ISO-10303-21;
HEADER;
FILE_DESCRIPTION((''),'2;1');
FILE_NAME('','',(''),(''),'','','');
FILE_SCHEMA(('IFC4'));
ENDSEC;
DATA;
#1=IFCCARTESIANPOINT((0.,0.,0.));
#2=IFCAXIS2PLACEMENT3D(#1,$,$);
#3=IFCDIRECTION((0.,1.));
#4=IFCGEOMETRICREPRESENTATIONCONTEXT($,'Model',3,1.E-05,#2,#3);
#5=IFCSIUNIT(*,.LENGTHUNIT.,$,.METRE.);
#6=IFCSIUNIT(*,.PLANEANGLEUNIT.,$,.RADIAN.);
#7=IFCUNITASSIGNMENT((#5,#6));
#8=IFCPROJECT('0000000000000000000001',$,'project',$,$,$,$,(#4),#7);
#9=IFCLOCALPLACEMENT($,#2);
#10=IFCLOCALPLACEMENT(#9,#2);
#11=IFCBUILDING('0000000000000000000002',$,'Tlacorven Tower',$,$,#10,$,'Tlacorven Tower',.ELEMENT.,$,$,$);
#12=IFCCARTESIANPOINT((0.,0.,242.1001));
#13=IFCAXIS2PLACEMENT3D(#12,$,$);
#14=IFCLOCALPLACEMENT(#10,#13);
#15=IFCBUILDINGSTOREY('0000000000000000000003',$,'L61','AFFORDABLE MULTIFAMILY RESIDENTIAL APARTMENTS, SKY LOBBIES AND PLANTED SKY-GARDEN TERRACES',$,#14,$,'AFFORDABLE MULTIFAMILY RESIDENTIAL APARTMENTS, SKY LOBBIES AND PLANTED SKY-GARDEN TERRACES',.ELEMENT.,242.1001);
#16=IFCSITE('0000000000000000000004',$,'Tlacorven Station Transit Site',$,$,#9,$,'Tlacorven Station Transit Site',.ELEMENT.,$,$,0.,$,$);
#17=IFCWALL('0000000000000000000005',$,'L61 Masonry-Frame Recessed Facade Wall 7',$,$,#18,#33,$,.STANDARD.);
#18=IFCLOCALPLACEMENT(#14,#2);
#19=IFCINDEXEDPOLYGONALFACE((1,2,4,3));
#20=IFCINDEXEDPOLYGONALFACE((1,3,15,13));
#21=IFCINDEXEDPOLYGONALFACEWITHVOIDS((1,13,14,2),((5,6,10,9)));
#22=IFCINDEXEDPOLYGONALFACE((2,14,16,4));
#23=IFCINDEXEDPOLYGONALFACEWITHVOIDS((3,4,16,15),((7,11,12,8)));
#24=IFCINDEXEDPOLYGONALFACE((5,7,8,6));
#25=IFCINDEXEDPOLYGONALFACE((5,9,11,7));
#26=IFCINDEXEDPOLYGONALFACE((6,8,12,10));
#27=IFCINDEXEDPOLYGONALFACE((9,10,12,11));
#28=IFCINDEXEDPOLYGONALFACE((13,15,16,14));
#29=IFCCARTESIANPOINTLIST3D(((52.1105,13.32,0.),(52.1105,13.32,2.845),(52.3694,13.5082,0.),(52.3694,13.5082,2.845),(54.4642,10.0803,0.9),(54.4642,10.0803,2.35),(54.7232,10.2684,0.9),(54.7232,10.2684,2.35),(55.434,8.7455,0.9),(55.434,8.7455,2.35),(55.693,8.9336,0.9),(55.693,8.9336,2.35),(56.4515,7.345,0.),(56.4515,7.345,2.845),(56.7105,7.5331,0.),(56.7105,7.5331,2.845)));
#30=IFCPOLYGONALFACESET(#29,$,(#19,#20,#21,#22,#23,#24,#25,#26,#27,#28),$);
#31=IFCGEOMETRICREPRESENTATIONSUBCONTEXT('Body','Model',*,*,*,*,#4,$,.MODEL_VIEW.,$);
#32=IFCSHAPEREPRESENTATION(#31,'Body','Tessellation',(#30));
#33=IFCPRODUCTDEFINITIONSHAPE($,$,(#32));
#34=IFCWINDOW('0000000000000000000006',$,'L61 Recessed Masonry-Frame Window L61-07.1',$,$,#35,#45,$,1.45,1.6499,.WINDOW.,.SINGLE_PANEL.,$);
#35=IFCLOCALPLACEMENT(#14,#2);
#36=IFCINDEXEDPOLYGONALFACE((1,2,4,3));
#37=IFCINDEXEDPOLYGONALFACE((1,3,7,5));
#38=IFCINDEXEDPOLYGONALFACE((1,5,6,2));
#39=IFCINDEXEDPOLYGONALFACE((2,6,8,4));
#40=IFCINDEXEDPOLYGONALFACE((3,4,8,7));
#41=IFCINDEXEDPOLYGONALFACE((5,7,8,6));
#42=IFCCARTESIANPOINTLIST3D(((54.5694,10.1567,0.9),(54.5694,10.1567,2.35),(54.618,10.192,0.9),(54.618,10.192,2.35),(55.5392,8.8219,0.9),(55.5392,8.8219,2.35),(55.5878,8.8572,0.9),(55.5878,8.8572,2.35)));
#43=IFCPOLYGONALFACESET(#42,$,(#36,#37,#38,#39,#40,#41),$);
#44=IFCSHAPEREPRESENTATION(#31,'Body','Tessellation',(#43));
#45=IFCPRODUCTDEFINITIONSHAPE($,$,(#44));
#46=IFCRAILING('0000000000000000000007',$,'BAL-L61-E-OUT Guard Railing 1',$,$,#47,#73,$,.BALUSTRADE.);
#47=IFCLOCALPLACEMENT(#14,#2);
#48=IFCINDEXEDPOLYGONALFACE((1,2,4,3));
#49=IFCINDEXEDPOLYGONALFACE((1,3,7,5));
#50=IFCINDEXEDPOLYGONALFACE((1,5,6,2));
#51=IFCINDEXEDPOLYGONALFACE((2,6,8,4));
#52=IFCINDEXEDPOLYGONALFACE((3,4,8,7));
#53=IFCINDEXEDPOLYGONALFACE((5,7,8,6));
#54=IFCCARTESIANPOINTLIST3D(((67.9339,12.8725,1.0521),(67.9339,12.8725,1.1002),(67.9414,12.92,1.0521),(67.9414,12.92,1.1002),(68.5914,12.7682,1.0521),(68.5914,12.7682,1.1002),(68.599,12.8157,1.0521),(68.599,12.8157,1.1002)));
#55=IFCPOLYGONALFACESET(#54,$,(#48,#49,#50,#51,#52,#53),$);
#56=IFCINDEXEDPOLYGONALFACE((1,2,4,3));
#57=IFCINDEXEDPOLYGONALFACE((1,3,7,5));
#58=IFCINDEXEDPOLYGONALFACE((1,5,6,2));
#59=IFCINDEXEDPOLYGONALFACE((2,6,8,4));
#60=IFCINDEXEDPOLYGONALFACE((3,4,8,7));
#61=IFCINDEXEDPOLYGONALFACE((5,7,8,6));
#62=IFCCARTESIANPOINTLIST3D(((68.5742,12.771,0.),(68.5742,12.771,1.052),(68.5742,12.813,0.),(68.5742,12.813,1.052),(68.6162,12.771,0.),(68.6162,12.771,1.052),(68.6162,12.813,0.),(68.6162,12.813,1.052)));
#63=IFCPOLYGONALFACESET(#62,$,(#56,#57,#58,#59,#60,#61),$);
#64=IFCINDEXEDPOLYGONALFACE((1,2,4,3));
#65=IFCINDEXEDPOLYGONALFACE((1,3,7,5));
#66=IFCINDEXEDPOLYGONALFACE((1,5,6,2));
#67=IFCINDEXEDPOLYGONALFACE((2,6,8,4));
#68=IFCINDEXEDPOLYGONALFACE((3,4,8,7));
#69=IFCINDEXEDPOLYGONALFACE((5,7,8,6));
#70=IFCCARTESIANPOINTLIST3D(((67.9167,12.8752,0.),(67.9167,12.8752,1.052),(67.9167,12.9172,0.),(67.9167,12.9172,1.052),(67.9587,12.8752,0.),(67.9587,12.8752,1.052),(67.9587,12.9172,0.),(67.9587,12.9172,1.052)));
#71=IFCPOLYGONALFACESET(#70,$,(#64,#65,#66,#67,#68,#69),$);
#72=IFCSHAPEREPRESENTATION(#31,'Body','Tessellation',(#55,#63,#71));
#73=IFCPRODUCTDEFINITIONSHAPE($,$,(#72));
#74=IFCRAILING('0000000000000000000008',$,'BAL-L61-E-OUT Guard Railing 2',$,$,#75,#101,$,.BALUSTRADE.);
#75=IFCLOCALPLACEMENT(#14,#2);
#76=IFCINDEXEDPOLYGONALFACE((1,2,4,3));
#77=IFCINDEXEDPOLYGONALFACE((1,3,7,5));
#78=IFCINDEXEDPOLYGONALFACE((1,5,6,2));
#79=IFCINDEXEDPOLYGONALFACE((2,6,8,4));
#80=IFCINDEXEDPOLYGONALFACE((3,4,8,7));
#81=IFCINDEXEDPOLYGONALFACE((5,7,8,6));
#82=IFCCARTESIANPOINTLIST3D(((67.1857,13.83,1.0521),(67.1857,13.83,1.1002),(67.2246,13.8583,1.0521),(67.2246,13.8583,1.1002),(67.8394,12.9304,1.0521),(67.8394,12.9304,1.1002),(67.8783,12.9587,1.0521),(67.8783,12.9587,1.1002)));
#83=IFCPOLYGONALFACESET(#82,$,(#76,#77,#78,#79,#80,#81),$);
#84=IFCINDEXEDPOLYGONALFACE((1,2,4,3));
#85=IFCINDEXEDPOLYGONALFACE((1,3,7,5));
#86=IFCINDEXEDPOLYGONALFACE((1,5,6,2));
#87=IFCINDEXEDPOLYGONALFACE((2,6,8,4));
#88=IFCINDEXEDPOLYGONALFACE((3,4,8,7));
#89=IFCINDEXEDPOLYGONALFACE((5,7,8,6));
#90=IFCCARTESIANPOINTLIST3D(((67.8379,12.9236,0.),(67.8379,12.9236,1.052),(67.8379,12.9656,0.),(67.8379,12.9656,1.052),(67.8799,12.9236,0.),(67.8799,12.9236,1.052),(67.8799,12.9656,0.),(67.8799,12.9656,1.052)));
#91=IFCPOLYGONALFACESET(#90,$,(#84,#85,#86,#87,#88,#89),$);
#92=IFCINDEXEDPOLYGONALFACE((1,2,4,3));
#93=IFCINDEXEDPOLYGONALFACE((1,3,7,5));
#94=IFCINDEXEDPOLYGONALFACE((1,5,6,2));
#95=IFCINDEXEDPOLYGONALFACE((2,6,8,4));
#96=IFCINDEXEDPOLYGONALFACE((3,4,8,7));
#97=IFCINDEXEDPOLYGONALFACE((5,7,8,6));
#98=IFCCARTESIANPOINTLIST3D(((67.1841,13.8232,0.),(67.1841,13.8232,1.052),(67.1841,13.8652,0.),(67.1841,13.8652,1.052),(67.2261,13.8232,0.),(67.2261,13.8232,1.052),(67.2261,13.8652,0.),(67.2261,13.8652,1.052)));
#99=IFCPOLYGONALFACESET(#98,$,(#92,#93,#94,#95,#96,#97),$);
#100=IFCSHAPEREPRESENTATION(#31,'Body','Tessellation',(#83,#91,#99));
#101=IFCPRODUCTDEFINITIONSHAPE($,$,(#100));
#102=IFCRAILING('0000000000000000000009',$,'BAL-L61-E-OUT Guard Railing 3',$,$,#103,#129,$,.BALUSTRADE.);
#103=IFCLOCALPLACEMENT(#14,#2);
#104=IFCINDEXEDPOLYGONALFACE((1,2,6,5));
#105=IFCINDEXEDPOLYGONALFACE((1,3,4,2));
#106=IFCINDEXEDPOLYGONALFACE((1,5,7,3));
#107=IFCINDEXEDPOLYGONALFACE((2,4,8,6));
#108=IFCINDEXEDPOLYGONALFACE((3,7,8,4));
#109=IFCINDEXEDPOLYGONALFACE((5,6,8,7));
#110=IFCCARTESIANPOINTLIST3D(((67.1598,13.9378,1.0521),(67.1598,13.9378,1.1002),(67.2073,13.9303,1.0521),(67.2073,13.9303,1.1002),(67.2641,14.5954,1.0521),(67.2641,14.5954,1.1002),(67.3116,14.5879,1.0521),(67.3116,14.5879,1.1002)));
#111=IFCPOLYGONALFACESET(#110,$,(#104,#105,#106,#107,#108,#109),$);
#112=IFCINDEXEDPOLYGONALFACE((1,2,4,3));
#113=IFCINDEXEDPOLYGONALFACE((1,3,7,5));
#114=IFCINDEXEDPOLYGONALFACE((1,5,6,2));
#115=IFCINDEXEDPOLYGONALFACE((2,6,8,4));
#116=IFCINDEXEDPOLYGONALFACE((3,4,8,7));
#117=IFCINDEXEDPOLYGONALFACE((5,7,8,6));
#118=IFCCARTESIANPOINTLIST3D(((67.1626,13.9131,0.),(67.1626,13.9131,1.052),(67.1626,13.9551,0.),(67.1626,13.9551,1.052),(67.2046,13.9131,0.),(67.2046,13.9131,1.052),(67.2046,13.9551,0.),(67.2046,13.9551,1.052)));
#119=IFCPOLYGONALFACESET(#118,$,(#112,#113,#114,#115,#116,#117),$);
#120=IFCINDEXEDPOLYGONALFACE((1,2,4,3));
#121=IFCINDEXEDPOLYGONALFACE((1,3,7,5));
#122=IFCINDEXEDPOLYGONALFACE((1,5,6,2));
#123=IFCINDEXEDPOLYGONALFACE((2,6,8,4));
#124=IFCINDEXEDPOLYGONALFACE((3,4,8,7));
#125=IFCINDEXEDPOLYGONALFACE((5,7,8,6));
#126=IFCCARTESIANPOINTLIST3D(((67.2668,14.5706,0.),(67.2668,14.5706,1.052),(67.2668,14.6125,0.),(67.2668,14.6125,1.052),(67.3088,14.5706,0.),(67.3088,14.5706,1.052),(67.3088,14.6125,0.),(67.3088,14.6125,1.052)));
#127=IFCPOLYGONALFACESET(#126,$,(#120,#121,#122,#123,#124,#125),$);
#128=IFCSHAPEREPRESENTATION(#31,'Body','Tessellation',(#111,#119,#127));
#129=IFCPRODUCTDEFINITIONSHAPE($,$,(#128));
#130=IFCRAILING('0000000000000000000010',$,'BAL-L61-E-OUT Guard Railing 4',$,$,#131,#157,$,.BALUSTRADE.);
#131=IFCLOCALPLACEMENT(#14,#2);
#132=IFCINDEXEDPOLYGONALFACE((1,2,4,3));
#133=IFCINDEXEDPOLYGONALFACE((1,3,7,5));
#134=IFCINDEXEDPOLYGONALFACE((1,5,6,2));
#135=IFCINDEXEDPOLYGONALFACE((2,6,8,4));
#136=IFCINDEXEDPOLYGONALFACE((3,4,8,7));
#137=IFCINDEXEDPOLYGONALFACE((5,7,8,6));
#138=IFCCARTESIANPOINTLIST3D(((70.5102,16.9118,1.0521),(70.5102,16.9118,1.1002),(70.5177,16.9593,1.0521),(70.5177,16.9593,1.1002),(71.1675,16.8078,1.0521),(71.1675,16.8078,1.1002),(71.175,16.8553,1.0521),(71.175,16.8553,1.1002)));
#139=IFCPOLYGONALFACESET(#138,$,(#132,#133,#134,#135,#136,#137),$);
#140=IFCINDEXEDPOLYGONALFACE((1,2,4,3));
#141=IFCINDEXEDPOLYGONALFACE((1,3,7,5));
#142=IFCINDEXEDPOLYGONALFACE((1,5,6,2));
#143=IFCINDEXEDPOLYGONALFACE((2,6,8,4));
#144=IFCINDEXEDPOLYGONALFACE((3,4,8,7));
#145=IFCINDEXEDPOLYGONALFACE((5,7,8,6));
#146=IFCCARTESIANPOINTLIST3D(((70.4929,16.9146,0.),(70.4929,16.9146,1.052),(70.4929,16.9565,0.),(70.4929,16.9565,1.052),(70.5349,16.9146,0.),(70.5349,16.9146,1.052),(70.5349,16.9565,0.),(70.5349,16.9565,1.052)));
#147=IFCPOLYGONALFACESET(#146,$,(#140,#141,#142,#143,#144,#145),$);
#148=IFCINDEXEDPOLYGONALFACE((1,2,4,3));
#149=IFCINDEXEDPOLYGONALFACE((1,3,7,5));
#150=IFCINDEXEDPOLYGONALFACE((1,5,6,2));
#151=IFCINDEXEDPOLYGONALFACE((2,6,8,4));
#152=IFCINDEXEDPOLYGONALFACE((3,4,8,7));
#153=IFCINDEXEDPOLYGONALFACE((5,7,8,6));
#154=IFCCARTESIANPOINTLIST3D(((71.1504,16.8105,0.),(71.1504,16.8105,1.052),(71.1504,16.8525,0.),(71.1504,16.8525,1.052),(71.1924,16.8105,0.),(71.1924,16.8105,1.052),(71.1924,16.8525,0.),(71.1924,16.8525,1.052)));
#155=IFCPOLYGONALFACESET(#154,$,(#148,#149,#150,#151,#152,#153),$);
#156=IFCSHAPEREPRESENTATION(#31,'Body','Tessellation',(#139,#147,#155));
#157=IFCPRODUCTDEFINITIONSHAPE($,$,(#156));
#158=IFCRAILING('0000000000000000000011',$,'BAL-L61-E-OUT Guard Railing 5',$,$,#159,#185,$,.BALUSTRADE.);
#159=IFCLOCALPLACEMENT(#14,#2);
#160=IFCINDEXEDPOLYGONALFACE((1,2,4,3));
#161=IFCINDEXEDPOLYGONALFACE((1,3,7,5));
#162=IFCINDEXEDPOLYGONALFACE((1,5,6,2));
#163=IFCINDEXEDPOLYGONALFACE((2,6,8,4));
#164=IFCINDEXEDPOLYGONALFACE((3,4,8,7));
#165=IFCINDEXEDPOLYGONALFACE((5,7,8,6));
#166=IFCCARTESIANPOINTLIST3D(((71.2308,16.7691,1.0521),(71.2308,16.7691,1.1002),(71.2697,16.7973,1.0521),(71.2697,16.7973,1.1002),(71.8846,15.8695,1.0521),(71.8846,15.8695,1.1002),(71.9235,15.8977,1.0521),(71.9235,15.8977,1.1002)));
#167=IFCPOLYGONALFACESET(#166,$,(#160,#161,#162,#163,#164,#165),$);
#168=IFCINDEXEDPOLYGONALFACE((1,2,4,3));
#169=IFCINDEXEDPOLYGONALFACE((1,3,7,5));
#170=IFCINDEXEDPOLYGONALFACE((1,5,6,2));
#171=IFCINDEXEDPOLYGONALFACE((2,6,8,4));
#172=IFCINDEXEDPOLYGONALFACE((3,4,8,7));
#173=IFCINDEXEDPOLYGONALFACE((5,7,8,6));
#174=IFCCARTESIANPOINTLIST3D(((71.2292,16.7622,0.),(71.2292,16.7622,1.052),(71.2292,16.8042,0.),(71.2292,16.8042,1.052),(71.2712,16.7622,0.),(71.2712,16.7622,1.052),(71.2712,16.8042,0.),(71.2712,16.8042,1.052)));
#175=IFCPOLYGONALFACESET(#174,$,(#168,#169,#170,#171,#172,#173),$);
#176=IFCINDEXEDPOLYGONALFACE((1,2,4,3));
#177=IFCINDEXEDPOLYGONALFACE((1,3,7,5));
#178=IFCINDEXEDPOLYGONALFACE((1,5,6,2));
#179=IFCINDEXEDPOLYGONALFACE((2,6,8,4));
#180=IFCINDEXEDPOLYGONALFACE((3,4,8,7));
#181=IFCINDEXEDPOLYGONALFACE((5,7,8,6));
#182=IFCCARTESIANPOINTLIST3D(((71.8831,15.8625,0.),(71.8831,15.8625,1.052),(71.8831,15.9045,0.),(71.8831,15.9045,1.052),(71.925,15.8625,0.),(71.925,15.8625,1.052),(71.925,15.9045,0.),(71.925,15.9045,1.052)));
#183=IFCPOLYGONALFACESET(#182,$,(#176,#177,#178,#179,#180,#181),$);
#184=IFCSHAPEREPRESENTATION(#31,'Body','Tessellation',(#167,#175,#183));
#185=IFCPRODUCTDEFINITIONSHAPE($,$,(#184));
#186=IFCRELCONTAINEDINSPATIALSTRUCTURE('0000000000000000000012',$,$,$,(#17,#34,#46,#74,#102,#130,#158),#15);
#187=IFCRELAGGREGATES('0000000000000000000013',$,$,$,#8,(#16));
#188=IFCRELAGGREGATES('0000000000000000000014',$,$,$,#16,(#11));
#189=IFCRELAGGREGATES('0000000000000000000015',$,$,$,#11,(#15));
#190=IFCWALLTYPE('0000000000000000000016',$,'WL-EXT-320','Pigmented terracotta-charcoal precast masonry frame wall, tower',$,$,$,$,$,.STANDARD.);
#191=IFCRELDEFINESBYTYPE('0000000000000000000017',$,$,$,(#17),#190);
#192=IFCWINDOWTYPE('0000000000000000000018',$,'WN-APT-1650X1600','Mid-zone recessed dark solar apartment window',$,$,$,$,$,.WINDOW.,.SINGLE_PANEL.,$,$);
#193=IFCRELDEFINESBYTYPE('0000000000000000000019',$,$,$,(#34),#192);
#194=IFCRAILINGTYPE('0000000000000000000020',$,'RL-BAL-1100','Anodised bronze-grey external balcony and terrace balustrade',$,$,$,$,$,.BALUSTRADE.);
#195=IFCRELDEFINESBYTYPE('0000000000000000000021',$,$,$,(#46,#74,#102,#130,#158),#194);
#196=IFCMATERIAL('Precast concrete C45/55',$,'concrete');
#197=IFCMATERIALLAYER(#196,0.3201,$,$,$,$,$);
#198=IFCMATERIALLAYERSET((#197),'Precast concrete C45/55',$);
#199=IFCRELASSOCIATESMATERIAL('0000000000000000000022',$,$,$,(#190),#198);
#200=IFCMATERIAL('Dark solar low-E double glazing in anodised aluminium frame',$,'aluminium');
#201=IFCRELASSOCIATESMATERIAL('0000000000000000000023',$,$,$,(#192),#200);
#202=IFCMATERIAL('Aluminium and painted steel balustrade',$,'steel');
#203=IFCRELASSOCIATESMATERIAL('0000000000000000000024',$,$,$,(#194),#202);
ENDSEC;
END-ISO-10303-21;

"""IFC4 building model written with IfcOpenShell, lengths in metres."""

from ifc_helpers import new_model, si_unit, direction, frame, frame_2d, origin, origin_2d, place, context, subcontext, project, spatial, rectangle, extrude, source, transform, mapped, material, layer, layer_set, type_object, element, fill, save


model = new_model("IFC4")

# Units and contexts
model_context = context("Model", 3, precision=1e-05, world=origin(), true_north=direction((0.0, 1.0)))
body_context = subcontext(model_context, "Body", "Model", "MODEL_VIEW")
ifc_project = project(units=[si_unit("LENGTHUNIT", "METRE"), si_unit("PLANEANGLEUNIT", "RADIAN")], contexts=[model_context])

# Site, building, storey
site_placement = place(None, origin())
site = spatial("IfcSite", under=ifc_project, at=site_placement, Name="Tlacorven Station Transit Site", LongName="Tlacorven Station Transit Site", CompositionType="ELEMENT", RefElevation=0.0)
building_placement = place(site_placement, origin())
building = spatial("IfcBuilding", under=site, at=building_placement, Name="Tlacorven Tower", LongName="Tlacorven Tower", CompositionType="ELEMENT")
storey_placement = place(building_placement, frame((0.0, 0.0, 242.1001)))
storey = spatial("IfcBuildingStorey", under=building, at=storey_placement, Name="L61", Description="AFFORDABLE MULTIFAMILY RESIDENTIAL APARTMENTS, SKY LOBBIES AND PLANTED SKY-GARDEN TERRACES", LongName="AFFORDABLE MULTIFAMILY RESIDENTIAL APARTMENTS, SKY LOBBIES AND PLANTED SKY-GARDEN TERRACES", CompositionType="ELEMENT", Elevation=242.1001)

# Shared definitions
ifc_material_1 = material(Name="Precast concrete C45/55", Category="concrete")
ifc_layer_1 = layer(ifc_material_1, 0.3201)
ifc_layer_set_1 = layer_set([ifc_layer_1], Name="Precast concrete C45/55")
wall_type_1 = type_object("IfcWallType", Name="WL-EXT-320", Description="Pigmented terracotta-charcoal precast masonry frame wall, tower", PredefinedType="STANDARD", material=ifc_layer_set_1)
ifc_material_2 = material(Name="Dark solar low-E double glazing in anodised aluminium frame", Category="aluminium")
window_type_1 = type_object("IfcWindowType", Name="WN-APT-1650X1600", Description="Mid-zone recessed dark solar apartment window", PartitioningType="SINGLE_PANEL", PredefinedType="WINDOW", material=ifc_material_2)
shared_shape_1 = source(origin(), body_context, "Body", "SweptSolid", [
    extrude(rectangle(XDim=1.6499, YDim=1.45, at=frame_2d((0.825, 0.7251))), frame((0.0, 0.03, 0.0), z_axis=(0.0, -1.0, 0.0), x_axis=(1.0, 0.0, 0.0)), (0.0, 0.0, 1.0), 0.0601),
])

# Wall, opening, window
wall_1_placement = place(storey_placement, frame((56.5811, 7.439, 0.0), z_axis=(0.0, 0.0, 1.0), x_axis=(-0.587777, 0.809023, 0.0)))
wall_1 = element("IfcWall", 1, at=wall_1_placement, inside=storey, type_object=wall_type_1, Name="L61 Masonry-Frame Recessed Facade Wall 7", PredefinedType="STANDARD", context=body_context, shape_type="SweptSolid", body=[
    extrude(rectangle(XDim=7.3855, YDim=0.3201, at=frame_2d((3.6929, 0.0))), origin(), (0.0, 0.0, 1.0), 2.845),
])
opening_1_placement = place(wall_1_placement, frame((1.7312, 0.0, 0.8999)))
opening_1 = element("IfcOpeningElement", 2, at=opening_1_placement, cuts=wall_1, PredefinedType="OPENING", context=body_context, shape_type="SweptSolid", body=[
    extrude(rectangle(XDim=1.6499, YDim=1.45, at=frame_2d((0.825, 0.7251))), frame((0.0, 0.1699, 0.0), z_axis=(0.0, -1.0, 0.0), x_axis=(1.0, 0.0, 0.0)), (0.0, 0.0, 1.0), 0.3401),
])
window_1_placement = place(opening_1_placement, origin())
window_1 = element("IfcWindow", 3, at=window_1_placement, inside=storey, type_object=window_type_1, Name="L61 Recessed Masonry-Frame Window L61-07.1", OverallHeight=1.45, OverallWidth=1.6499, PartitioningType="SINGLE_PANEL", PredefinedType="WINDOW", context=body_context, shape_type="MappedRepresentation", body=[
    mapped(shared_shape_1, transform((0.0, 0.0, 0.0), scale=1.0)),
])
fill(opening_1, window_1)

# Railings
ifc_material_3 = material(Name="Aluminium and painted steel balustrade", Category="steel")
railing_type = type_object("IfcRailingType", Name="RL-BAL-1100", Description="Anodised bronze-grey external balcony and terrace balustrade", PredefinedType="BALUSTRADE", material=ifc_material_3)
shared_shape_2 = source(origin(), body_context, "Body", "SweptSolid", [
    extrude(rectangle(XDim=0.0481, YDim=0.0481, at=origin_2d()), frame((0.0, 0.0, 1.0762), z_axis=(-0.987662, 0.156603, 0.0), x_axis=(-0.156603, -0.987662, 0.0)), (0.0, 0.0, 1.0), 0.6658),
    extrude(rectangle(XDim=0.042, YDim=0.042, at=origin_2d()), origin(), (0.0, 0.0, 1.0), 1.052),
    extrude(rectangle(XDim=0.042, YDim=0.042, at=origin_2d()), frame((-0.6575, 0.1042, 0.0)), (0.0, 0.0, 1.0), 1.052),
])
railing_1_placement = place(storey_placement, frame((68.5952, 12.792, 0.0)))
element("IfcRailing", 4, at=railing_1_placement, inside=storey, type_object=railing_type, Name="BAL-L61-E-OUT Guard Railing 1", PredefinedType="BALUSTRADE", context=body_context, shape_type="MappedRepresentation", body=[
    mapped(shared_shape_2, transform((0.0, 0.0, 0.0), scale=1.0)),
])
shared_shape_3 = source(origin(), body_context, "Body", "SweptSolid", [
    extrude(rectangle(XDim=0.0481, YDim=0.0481, at=origin_2d()), frame((0.0, 0.0, 1.0762), z_axis=(-0.587884, 0.808945, 0.0), x_axis=(-0.808945, -0.587884, 0.0)), (0.0, 0.0, 1.0), 1.1121),
    extrude(rectangle(XDim=0.042, YDim=0.042, at=origin_2d()), origin(), (0.0, 0.0, 1.0), 1.052),
    extrude(rectangle(XDim=0.042, YDim=0.042, at=origin_2d()), frame((-0.6538, 0.8997, 0.0)), (0.0, 0.0, 1.0), 1.052),
])
railing_2_placement = place(storey_placement, frame((67.8589, 12.9446, 0.0)))
element("IfcRailing", 5, at=railing_2_placement, inside=storey, type_object=railing_type, Name="BAL-L61-E-OUT Guard Railing 2", PredefinedType="BALUSTRADE", context=body_context, shape_type="MappedRepresentation", body=[
    mapped(shared_shape_3, transform((0.0, 0.0, 0.0), scale=1.0)),
])
shared_shape_4 = source(origin(), body_context, "Body", "SweptSolid", [
    extrude(rectangle(XDim=0.0481, YDim=0.0481, at=origin_2d()), frame((0.0, 0.0, 1.0762), z_axis=(0.156603, 0.987662, 0.0), x_axis=(-0.987662, 0.156603, 0.0)), (0.0, 0.0, 1.0), 0.6658),
    extrude(rectangle(XDim=0.042, YDim=0.042, at=origin_2d()), origin(), (0.0, 0.0, 1.0), 1.052),
    extrude(rectangle(XDim=0.042, YDim=0.042, at=origin_2d()), frame((0.1042, 0.6575, 0.0)), (0.0, 0.0, 1.0), 1.052),
])
railing_3_placement = place(storey_placement, frame((67.1836, 13.9341, 0.0)))
element("IfcRailing", 6, at=railing_3_placement, inside=storey, type_object=railing_type, Name="BAL-L61-E-OUT Guard Railing 3", PredefinedType="BALUSTRADE", context=body_context, shape_type="MappedRepresentation", body=[
    mapped(shared_shape_4, transform((0.0, 0.0, 0.0), scale=1.0)),
])
shared_shape_5 = source(origin(), body_context, "Body", "SweptSolid", [
    extrude(rectangle(XDim=0.0481, YDim=0.0481, at=origin_2d()), frame((0.0, 0.0, 1.0762), z_axis=(0.987718, -0.156245, 0.0), x_axis=(0.156245, 0.987718, 0.0)), (0.0, 0.0, 1.0), 0.6655),
    extrude(rectangle(XDim=0.042, YDim=0.042, at=origin_2d()), origin(), (0.0, 0.0, 1.0), 1.052),
    extrude(rectangle(XDim=0.042, YDim=0.042, at=origin_2d()), frame((0.6575, -0.104, 0.0)), (0.0, 0.0, 1.0), 1.052),
])
railing_4_placement = place(storey_placement, frame((70.5139, 16.9355, 0.0)))
element("IfcRailing", 7, at=railing_4_placement, inside=storey, type_object=railing_type, Name="BAL-L61-E-OUT Guard Railing 4", PredefinedType="BALUSTRADE", context=body_context, shape_type="MappedRepresentation", body=[
    mapped(shared_shape_5, transform((0.0, 0.0, 0.0), scale=1.0)),
])
shared_shape_6 = source(origin(), body_context, "Body", "SweptSolid", [
    extrude(rectangle(XDim=0.0481, YDim=0.0481, at=origin_2d()), frame((0.0, 0.0, 1.0762), z_axis=(0.587884, -0.808945, 0.0), x_axis=(0.808945, 0.587884, 0.0)), (0.0, 0.0, 1.0), 1.1121),
    extrude(rectangle(XDim=0.042, YDim=0.042, at=origin_2d()), origin(), (0.0, 0.0, 1.0), 1.052),
    extrude(rectangle(XDim=0.042, YDim=0.042, at=origin_2d()), frame((0.6538, -0.8997, 0.0)), (0.0, 0.0, 1.0), 1.052),
])
railing_5_placement = place(storey_placement, frame((71.2502, 16.7832, 0.0)))
element("IfcRailing", 8, at=railing_5_placement, inside=storey, type_object=railing_type, Name="BAL-L61-E-OUT Guard Railing 5", PredefinedType="BALUSTRADE", context=body_context, shape_type="MappedRepresentation", body=[
    mapped(shared_shape_6, transform((0.0, 0.0, 0.0), scale=1.0)),
])

save(model, "model.ifc")
